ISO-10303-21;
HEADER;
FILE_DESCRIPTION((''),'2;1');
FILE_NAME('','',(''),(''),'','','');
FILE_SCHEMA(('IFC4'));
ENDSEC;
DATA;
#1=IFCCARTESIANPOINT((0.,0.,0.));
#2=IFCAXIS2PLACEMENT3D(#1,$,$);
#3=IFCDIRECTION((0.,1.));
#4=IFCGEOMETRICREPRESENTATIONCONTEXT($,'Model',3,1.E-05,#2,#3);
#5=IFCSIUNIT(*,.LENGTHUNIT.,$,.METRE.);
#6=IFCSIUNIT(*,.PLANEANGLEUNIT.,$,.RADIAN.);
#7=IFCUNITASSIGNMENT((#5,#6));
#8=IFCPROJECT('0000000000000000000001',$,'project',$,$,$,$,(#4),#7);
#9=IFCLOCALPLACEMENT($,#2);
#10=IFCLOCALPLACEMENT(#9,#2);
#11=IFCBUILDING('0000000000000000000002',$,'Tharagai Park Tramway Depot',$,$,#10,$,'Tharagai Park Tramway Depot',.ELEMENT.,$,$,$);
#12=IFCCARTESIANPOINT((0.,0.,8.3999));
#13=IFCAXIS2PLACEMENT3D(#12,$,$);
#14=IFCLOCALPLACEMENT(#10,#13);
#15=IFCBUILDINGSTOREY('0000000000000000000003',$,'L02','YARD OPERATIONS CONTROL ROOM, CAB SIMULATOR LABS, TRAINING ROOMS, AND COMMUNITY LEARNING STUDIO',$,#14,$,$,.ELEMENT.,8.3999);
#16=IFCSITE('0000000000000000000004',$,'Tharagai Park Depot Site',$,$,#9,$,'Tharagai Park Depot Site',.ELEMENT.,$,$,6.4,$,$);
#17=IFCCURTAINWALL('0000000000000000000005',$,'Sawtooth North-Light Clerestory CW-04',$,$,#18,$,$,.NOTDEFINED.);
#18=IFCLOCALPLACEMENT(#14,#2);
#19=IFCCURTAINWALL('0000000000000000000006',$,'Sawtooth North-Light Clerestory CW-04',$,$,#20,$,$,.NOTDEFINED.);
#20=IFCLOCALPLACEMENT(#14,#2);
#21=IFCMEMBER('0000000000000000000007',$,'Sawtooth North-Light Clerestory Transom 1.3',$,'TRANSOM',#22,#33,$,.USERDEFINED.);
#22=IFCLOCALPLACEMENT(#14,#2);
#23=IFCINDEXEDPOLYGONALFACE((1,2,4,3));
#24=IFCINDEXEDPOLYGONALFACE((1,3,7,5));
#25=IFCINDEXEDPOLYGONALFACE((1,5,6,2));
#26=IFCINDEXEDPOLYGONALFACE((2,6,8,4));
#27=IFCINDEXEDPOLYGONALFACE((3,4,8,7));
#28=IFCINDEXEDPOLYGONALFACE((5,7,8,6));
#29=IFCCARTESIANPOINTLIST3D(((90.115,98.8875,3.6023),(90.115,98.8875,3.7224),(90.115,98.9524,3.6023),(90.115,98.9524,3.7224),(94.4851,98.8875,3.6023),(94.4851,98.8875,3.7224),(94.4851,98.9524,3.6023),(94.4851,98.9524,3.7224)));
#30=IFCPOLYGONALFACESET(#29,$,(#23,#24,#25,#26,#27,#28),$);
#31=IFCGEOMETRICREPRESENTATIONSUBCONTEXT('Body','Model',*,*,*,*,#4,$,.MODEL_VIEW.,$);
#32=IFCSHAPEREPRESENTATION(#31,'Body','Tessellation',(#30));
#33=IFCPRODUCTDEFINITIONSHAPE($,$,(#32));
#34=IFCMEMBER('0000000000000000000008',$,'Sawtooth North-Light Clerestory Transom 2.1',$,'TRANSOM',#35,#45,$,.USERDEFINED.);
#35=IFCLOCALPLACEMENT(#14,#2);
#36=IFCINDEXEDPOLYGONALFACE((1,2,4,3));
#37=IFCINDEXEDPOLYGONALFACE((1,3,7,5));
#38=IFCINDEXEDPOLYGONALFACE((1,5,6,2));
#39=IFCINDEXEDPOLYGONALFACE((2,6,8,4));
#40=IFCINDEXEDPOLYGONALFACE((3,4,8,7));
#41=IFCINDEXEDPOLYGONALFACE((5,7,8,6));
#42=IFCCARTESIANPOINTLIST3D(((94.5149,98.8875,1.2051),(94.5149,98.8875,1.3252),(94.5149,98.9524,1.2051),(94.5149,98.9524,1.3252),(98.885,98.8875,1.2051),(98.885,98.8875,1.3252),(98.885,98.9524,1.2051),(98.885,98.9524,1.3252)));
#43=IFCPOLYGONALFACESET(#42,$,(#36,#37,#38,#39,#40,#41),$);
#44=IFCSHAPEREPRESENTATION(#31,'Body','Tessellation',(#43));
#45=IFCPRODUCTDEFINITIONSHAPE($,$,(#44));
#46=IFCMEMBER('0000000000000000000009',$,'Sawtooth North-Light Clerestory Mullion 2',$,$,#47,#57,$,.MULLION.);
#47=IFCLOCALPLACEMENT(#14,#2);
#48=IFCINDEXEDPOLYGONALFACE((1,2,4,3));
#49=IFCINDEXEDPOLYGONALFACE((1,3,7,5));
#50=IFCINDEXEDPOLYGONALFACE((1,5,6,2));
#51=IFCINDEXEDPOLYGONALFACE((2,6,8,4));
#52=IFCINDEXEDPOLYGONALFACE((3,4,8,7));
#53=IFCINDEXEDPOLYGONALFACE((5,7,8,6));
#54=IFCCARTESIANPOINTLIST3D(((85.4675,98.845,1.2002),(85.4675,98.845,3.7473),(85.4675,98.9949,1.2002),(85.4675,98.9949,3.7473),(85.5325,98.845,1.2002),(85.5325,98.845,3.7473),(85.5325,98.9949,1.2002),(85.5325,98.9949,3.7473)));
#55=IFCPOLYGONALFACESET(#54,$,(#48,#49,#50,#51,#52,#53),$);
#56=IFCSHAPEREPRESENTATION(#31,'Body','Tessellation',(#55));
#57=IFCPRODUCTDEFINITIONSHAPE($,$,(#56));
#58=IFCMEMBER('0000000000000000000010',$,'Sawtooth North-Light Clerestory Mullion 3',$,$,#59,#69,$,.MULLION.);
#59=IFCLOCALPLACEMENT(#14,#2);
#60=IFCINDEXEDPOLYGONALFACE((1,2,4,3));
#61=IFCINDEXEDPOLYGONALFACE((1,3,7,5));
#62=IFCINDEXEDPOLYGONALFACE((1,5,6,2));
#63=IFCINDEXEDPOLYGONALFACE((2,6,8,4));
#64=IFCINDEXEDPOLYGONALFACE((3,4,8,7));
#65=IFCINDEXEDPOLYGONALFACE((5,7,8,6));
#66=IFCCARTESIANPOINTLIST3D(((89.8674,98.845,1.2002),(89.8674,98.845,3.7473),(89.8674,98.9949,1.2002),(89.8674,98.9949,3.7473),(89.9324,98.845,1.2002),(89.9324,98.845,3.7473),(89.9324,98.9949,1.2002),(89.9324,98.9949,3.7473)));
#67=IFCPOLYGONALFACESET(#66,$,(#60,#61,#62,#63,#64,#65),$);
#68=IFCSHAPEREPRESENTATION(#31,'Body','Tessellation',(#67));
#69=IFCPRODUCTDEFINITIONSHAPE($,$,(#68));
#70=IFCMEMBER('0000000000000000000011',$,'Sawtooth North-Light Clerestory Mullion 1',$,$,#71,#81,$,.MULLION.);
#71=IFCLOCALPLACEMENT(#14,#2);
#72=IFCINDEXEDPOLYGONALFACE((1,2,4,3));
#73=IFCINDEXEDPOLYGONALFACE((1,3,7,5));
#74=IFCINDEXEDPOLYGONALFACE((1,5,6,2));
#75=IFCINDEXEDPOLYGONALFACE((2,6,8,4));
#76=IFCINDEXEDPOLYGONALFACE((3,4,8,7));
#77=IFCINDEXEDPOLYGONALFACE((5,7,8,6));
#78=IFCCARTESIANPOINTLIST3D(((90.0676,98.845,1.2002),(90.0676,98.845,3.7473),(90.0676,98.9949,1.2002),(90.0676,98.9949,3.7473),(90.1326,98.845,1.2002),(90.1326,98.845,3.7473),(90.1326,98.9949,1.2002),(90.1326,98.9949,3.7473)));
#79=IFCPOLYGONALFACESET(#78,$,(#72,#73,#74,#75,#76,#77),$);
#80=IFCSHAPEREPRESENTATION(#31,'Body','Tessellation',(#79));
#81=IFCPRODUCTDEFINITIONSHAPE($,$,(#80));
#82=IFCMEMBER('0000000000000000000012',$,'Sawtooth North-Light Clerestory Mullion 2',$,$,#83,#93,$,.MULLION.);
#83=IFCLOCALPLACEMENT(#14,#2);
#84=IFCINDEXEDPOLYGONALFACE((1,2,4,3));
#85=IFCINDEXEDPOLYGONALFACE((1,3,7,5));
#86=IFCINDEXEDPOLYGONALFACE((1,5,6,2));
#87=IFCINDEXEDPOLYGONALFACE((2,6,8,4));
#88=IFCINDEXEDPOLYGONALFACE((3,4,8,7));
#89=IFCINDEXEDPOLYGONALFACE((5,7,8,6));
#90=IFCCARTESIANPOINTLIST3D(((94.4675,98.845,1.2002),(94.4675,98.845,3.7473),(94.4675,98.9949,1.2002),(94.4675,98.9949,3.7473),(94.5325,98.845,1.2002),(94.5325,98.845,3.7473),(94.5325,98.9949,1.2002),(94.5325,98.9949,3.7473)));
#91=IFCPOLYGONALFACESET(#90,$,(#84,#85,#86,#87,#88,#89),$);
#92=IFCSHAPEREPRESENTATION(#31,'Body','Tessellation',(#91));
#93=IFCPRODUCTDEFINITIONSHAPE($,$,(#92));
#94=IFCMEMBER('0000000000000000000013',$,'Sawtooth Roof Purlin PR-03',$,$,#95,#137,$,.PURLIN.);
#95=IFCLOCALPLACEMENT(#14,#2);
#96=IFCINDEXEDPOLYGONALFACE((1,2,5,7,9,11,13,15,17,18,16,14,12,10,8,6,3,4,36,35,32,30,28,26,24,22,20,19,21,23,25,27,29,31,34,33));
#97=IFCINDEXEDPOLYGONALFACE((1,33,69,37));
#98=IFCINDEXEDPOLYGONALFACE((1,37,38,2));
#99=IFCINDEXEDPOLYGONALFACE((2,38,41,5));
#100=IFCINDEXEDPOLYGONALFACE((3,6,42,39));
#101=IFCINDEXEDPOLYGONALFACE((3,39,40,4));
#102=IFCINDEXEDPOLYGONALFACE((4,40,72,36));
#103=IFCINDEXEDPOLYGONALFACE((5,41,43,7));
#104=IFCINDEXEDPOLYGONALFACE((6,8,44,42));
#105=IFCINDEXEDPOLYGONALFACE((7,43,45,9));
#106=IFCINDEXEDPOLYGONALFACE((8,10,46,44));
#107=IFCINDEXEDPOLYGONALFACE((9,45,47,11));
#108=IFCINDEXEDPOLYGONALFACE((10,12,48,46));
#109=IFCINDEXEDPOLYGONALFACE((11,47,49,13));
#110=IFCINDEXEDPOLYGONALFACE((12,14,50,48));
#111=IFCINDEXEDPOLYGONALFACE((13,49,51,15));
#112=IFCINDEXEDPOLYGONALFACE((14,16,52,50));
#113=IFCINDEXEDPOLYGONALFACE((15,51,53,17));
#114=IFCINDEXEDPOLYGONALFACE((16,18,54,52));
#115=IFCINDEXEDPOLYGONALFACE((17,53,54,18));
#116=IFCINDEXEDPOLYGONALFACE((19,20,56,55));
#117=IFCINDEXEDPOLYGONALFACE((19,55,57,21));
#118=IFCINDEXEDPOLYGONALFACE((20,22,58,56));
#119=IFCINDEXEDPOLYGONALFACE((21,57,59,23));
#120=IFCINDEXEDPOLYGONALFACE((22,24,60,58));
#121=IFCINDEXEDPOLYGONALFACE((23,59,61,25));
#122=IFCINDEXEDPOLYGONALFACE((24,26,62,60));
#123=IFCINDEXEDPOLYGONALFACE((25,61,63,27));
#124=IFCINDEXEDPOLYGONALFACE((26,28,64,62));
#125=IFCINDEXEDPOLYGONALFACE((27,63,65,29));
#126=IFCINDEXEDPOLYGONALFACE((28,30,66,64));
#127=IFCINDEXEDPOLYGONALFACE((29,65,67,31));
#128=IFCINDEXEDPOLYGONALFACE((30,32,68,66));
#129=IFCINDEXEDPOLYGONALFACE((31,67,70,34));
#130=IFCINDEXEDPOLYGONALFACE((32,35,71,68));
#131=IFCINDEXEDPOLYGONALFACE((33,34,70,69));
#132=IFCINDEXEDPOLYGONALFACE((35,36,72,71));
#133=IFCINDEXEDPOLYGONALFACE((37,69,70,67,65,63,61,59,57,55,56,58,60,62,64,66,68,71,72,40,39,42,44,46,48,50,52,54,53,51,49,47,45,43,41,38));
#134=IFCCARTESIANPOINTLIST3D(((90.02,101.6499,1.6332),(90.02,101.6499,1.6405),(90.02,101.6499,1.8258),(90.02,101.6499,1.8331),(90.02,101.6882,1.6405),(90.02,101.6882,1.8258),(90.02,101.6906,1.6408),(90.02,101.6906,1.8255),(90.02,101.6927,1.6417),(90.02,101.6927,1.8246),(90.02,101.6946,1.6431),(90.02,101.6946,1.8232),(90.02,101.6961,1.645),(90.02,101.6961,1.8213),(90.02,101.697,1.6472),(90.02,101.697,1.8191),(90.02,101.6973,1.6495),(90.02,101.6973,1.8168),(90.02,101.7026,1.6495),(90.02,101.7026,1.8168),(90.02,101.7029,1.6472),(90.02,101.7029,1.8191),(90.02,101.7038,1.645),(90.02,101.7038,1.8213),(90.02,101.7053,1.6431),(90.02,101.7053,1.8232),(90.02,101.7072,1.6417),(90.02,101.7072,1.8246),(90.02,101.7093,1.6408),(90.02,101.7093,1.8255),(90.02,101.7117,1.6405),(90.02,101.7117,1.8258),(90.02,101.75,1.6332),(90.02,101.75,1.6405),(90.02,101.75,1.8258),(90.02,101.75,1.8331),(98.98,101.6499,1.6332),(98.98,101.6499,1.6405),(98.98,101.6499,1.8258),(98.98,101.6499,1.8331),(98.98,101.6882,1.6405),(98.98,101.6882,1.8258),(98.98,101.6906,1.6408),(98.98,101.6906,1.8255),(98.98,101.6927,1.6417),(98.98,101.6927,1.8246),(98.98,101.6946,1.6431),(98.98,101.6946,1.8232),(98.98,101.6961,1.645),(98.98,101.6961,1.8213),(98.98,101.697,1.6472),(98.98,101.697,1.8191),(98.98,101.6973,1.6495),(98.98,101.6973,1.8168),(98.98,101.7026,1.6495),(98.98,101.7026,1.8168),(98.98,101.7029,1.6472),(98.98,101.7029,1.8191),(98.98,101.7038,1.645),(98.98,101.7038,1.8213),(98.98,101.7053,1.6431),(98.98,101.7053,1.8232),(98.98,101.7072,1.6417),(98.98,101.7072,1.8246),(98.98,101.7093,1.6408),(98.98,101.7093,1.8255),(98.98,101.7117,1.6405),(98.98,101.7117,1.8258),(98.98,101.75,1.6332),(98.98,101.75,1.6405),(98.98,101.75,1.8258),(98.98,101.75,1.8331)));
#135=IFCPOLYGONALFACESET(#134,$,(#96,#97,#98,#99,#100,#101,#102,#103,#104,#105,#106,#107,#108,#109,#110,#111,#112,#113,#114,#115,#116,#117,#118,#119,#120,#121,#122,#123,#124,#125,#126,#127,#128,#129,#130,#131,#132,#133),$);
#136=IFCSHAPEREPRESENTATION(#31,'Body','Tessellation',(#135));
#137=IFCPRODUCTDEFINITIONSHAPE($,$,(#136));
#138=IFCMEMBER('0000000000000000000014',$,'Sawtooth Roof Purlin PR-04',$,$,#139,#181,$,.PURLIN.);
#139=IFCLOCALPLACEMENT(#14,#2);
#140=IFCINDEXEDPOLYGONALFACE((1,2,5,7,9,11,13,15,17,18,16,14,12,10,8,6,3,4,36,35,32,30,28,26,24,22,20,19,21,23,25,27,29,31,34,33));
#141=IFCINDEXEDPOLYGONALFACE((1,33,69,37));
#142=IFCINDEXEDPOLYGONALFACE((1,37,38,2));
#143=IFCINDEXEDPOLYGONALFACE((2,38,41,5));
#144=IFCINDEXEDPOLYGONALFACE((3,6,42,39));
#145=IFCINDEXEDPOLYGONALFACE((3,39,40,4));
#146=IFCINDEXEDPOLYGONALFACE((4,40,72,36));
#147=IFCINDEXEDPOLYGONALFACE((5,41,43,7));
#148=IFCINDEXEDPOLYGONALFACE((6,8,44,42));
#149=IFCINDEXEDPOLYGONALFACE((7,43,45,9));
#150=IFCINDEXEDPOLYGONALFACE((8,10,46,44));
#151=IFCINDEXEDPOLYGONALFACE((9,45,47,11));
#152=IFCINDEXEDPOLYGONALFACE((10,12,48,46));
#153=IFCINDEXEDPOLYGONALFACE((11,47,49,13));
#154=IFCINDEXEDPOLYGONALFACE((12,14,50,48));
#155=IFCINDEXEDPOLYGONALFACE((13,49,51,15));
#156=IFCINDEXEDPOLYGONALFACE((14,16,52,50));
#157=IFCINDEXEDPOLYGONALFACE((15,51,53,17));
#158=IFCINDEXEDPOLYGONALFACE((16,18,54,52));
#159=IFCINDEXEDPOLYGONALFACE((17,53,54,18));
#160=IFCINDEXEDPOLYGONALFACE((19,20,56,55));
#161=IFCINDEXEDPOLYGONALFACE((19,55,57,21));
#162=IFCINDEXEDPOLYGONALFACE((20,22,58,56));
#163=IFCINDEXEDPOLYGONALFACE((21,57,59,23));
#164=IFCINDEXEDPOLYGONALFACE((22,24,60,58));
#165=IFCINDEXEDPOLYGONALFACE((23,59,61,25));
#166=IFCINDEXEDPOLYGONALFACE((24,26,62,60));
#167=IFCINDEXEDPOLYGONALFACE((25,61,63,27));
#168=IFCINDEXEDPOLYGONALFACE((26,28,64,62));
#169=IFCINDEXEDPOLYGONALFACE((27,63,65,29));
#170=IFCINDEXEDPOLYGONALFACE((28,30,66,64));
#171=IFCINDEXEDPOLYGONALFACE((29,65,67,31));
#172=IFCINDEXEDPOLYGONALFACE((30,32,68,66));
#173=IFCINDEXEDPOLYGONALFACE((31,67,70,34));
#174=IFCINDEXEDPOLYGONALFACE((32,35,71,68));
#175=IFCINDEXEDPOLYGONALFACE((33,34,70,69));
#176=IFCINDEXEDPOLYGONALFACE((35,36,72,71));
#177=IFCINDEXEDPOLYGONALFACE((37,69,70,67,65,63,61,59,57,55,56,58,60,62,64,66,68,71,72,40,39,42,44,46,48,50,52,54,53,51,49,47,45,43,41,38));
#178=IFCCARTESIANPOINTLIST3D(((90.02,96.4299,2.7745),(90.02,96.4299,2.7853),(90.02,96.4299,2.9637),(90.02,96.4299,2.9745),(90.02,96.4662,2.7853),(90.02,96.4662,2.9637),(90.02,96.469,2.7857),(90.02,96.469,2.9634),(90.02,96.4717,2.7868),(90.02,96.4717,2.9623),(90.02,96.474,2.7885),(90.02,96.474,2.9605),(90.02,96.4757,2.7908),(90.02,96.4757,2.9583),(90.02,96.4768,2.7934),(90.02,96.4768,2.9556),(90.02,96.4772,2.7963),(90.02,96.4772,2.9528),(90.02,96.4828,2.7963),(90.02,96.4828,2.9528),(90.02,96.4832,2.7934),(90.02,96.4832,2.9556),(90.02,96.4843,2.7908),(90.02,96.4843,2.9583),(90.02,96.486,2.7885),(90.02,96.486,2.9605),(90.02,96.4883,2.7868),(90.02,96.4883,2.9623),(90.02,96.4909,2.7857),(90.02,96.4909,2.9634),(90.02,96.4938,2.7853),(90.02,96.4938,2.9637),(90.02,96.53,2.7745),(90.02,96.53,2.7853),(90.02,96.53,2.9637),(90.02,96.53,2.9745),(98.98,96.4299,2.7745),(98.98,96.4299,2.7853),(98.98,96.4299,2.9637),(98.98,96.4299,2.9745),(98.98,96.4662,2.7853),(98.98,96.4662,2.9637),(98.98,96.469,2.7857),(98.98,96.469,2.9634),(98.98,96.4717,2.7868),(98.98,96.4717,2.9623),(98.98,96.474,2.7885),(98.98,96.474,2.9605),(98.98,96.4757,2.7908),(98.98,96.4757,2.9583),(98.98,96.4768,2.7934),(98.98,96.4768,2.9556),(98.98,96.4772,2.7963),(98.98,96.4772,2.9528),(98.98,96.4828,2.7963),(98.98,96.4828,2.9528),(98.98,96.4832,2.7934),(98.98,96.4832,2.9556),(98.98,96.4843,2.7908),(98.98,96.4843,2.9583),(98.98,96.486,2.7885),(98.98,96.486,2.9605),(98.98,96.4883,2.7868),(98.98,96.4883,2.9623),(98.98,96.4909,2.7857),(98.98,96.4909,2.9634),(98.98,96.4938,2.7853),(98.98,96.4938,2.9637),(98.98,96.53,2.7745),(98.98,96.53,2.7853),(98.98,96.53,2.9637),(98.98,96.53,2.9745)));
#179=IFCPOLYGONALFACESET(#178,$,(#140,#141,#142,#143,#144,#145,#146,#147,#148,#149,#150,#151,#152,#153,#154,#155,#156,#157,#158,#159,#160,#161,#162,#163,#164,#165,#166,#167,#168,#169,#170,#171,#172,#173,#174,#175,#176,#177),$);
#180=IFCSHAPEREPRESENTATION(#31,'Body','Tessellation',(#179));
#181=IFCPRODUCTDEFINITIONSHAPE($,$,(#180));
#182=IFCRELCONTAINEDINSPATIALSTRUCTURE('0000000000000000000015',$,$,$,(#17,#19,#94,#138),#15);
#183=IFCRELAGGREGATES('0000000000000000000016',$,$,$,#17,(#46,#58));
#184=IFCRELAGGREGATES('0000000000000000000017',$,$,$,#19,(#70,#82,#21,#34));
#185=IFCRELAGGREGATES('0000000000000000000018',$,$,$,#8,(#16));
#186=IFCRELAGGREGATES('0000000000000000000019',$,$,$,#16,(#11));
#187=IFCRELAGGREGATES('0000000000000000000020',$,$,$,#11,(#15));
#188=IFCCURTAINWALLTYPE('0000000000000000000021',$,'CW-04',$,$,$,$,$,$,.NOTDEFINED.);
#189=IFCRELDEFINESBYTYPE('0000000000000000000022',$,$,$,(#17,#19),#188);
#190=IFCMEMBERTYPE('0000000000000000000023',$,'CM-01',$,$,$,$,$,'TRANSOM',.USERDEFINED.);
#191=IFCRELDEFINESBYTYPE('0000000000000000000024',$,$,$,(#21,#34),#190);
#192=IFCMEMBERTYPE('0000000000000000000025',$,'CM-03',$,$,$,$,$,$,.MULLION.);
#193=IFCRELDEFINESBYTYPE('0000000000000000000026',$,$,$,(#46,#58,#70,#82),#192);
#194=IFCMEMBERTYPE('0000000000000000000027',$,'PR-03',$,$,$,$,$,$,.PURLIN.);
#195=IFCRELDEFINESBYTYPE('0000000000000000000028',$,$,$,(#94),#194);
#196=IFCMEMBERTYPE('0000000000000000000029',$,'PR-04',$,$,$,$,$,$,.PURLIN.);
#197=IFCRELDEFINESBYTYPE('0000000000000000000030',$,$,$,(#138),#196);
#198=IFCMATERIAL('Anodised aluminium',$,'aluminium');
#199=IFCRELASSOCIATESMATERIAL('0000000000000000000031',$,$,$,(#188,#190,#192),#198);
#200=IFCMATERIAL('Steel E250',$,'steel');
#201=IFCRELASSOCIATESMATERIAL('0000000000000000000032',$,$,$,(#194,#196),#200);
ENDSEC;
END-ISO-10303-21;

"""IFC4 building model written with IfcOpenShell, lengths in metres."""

from ifc_helpers import new_model, si_unit, direction, frame, origin, origin_2d, place, context, subcontext, project, spatial, rectangle, i_section, extrude, material, material_profile, profile_set, type_object, element, aggregate, save


model = new_model("IFC4")

# Units and contexts
model_context = context("Model", 3, precision=1e-05, world=origin(), true_north=direction((0.0, 1.0)))
body_context = subcontext(model_context, "Body", "Model", "MODEL_VIEW")
ifc_project = project(units=[si_unit("LENGTHUNIT", "METRE"), si_unit("PLANEANGLEUNIT", "RADIAN")], contexts=[model_context])

# Site, building, storey
site_placement = place(None, origin())
site = spatial("IfcSite", under=ifc_project, at=site_placement, Name="Tharagai Park Depot Site", LongName="Tharagai Park Depot Site", CompositionType="ELEMENT", RefElevation=6.4)
building_placement = place(site_placement, origin())
building = spatial("IfcBuilding", under=site, at=building_placement, Name="Tharagai Park Tramway Depot", LongName="Tharagai Park Tramway Depot", CompositionType="ELEMENT")
storey_placement = place(building_placement, frame((0.0, 0.0, 8.3999)))
storey = spatial("IfcBuildingStorey", under=building, at=storey_placement, Name="L02", Description="YARD OPERATIONS CONTROL ROOM, CAB SIMULATOR LABS, TRAINING ROOMS, AND COMMUNITY LEARNING STUDIO", CompositionType="ELEMENT", Elevation=8.3999)

# Curtain walls, members
ifc_material_1 = material(Name="Anodised aluminium", Category="aluminium")
curtain_wall_type = type_object("IfcCurtainWallType", Name="CW-04", PredefinedType="NOTDEFINED", material=ifc_material_1)
curtain_wall_1_placement = place(storey_placement, origin())
curtain_wall_1 = element("IfcCurtainWall", 1, at=curtain_wall_1_placement, inside=storey, type_object=curtain_wall_type, Name="Sawtooth North-Light Clerestory CW-04", PredefinedType="NOTDEFINED")
ifc_material_profile_1 = material_profile(ifc_material_1, rectangle(XDim=0.0649, YDim=0.1201, at=origin_2d()), Name="ALU 65x120")
ifc_profile_set_1 = profile_set([ifc_material_profile_1], Name="Anodised aluminium")
member_type_1 = type_object("IfcMemberType", Name="CM-01", ElementType="TRANSOM", PredefinedType="USERDEFINED", material=ifc_profile_set_1)
curtain_wall_2_placement = place(storey_placement, origin())
curtain_wall_2 = element("IfcCurtainWall", 2, at=curtain_wall_2_placement, inside=storey, type_object=curtain_wall_type, Name="Sawtooth North-Light Clerestory CW-04", PredefinedType="NOTDEFINED")
member_1_placement = place(storey_placement, frame((90.115, 98.9199, 3.6624), z_axis=(1.0, 0.0, 0.0), x_axis=(0.0, 1.0, 0.0)))
member_1 = element("IfcMember", 3, at=member_1_placement, type_object=member_type_1, Name="Sawtooth North-Light Clerestory Transom 1.3", ObjectType="TRANSOM", PredefinedType="USERDEFINED", context=body_context, shape_type="SweptSolid", body=[
    extrude(rectangle(XDim=0.0649, YDim=0.1201, at=origin_2d()), origin(), (0.0, 0.0, 1.0), 4.3701),
])
member_2_placement = place(storey_placement, frame((94.5149, 98.9199, 1.2651), z_axis=(1.0, 0.0, 0.0), x_axis=(0.0, 1.0, 0.0)))
member_2 = element("IfcMember", 4, at=member_2_placement, type_object=member_type_1, Name="Sawtooth North-Light Clerestory Transom 2.1", ObjectType="TRANSOM", PredefinedType="USERDEFINED", context=body_context, shape_type="SweptSolid", body=[
    extrude(rectangle(XDim=0.0649, YDim=0.1201, at=origin_2d()), origin(), (0.0, 0.0, 1.0), 4.3701),
])

# Members
ifc_material_profile_2 = material_profile(ifc_material_1, rectangle(XDim=0.0649, YDim=0.1499, at=origin_2d()), Name="ALU 65x150")
ifc_profile_set_2 = profile_set([ifc_material_profile_2], Name="Anodised aluminium")
member_type_2 = type_object("IfcMemberType", Name="CM-03", PredefinedType="MULLION", material=ifc_profile_set_2)
member_3_placement = place(storey_placement, frame((85.5, 98.9199, 1.2002), z_axis=(0.0, 0.0, 1.0), x_axis=(1.0, 0.0, 0.0)))
member_3 = element("IfcMember", 5, at=member_3_placement, type_object=member_type_2, Name="Sawtooth North-Light Clerestory Mullion 2", PredefinedType="MULLION", context=body_context, shape_type="SweptSolid", body=[
    extrude(rectangle(XDim=0.0649, YDim=0.1499, at=origin_2d()), origin(), (0.0, 0.0, 1.0), 2.5471),
])
member_4_placement = place(storey_placement, frame((89.8999, 98.9199, 1.2002), z_axis=(0.0, 0.0, 1.0), x_axis=(1.0, 0.0, 0.0)))
member_4 = element("IfcMember", 6, at=member_4_placement, type_object=member_type_2, Name="Sawtooth North-Light Clerestory Mullion 3", PredefinedType="MULLION", context=body_context, shape_type="SweptSolid", body=[
    extrude(rectangle(XDim=0.0649, YDim=0.1499, at=origin_2d()), origin(), (0.0, 0.0, 1.0), 2.5471),
])
member_5_placement = place(storey_placement, frame((90.1001, 98.9199, 1.2002), z_axis=(0.0, 0.0, 1.0), x_axis=(1.0, 0.0, 0.0)))
member_5 = element("IfcMember", 7, at=member_5_placement, type_object=member_type_2, Name="Sawtooth North-Light Clerestory Mullion 1", PredefinedType="MULLION", context=body_context, shape_type="SweptSolid", body=[
    extrude(rectangle(XDim=0.0649, YDim=0.1499, at=origin_2d()), origin(), (0.0, 0.0, 1.0), 2.5471),
])
member_6_placement = place(storey_placement, frame((94.5, 98.9199, 1.2002), z_axis=(0.0, 0.0, 1.0), x_axis=(1.0, 0.0, 0.0)))
member_6 = element("IfcMember", 8, at=member_6_placement, type_object=member_type_2, Name="Sawtooth North-Light Clerestory Mullion 2", PredefinedType="MULLION", context=body_context, shape_type="SweptSolid", body=[
    extrude(rectangle(XDim=0.0649, YDim=0.1499, at=origin_2d()), origin(), (0.0, 0.0, 1.0), 2.5471),
])

# Members
ifc_material_2 = material(Name="Steel E250", Category="steel")
ifc_material_profile_3 = material_profile(ifc_material_2, i_section(OverallWidth=0.1001, OverallDepth=0.2, WebThickness=0.0054, FlangeThickness=0.0073, FilletRadius=0.009, at=origin_2d()), Name="ISLB 200")
ifc_profile_set_3 = profile_set([ifc_material_profile_3], Name="Steel E250")
member_type_3 = type_object("IfcMemberType", Name="PR-03", PredefinedType="PURLIN", material=ifc_profile_set_3)
member_7_placement = place(storey_placement, frame((90.02, 101.7, 1.7332), z_axis=(1.0, 0.0, 0.0), x_axis=(0.0, 1.0, 0.0)))
element("IfcMember", 9, at=member_7_placement, inside=storey, type_object=member_type_3, Name="Sawtooth Roof Purlin PR-03", PredefinedType="PURLIN", context=body_context, shape_type="SweptSolid", body=[
    extrude(i_section(OverallWidth=0.1001, OverallDepth=0.2, WebThickness=0.0054, FlangeThickness=0.0073, FilletRadius=0.009, at=origin_2d()), origin(), (0.0, 0.0, 1.0), 8.96),
])
ifc_material_profile_4 = material_profile(ifc_material_2, i_section(OverallWidth=0.1001, OverallDepth=0.2, WebThickness=0.0056, FlangeThickness=0.0107, FilletRadius=0.011, at=origin_2d()), Name="ISMB 200")
ifc_profile_set_4 = profile_set([ifc_material_profile_4], Name="Steel E250")
member_type_4 = type_object("IfcMemberType", Name="PR-04", PredefinedType="PURLIN", material=ifc_profile_set_4)
member_8_placement = place(storey_placement, frame((90.02, 96.48, 2.8745), z_axis=(1.0, 0.0, 0.0), x_axis=(0.0, 1.0, 0.0)))
element("IfcMember", 10, at=member_8_placement, inside=storey, type_object=member_type_4, Name="Sawtooth Roof Purlin PR-04", PredefinedType="PURLIN", context=body_context, shape_type="SweptSolid", body=[
    extrude(i_section(OverallWidth=0.1001, OverallDepth=0.2, WebThickness=0.0056, FlangeThickness=0.0107, FilletRadius=0.011, at=origin_2d()), origin(), (0.0, 0.0, 1.0), 8.96),
])

aggregate(curtain_wall_1, [member_3, member_4])
aggregate(curtain_wall_2, [member_5, member_6, member_1, member_2])

save(model, "model.ifc")
